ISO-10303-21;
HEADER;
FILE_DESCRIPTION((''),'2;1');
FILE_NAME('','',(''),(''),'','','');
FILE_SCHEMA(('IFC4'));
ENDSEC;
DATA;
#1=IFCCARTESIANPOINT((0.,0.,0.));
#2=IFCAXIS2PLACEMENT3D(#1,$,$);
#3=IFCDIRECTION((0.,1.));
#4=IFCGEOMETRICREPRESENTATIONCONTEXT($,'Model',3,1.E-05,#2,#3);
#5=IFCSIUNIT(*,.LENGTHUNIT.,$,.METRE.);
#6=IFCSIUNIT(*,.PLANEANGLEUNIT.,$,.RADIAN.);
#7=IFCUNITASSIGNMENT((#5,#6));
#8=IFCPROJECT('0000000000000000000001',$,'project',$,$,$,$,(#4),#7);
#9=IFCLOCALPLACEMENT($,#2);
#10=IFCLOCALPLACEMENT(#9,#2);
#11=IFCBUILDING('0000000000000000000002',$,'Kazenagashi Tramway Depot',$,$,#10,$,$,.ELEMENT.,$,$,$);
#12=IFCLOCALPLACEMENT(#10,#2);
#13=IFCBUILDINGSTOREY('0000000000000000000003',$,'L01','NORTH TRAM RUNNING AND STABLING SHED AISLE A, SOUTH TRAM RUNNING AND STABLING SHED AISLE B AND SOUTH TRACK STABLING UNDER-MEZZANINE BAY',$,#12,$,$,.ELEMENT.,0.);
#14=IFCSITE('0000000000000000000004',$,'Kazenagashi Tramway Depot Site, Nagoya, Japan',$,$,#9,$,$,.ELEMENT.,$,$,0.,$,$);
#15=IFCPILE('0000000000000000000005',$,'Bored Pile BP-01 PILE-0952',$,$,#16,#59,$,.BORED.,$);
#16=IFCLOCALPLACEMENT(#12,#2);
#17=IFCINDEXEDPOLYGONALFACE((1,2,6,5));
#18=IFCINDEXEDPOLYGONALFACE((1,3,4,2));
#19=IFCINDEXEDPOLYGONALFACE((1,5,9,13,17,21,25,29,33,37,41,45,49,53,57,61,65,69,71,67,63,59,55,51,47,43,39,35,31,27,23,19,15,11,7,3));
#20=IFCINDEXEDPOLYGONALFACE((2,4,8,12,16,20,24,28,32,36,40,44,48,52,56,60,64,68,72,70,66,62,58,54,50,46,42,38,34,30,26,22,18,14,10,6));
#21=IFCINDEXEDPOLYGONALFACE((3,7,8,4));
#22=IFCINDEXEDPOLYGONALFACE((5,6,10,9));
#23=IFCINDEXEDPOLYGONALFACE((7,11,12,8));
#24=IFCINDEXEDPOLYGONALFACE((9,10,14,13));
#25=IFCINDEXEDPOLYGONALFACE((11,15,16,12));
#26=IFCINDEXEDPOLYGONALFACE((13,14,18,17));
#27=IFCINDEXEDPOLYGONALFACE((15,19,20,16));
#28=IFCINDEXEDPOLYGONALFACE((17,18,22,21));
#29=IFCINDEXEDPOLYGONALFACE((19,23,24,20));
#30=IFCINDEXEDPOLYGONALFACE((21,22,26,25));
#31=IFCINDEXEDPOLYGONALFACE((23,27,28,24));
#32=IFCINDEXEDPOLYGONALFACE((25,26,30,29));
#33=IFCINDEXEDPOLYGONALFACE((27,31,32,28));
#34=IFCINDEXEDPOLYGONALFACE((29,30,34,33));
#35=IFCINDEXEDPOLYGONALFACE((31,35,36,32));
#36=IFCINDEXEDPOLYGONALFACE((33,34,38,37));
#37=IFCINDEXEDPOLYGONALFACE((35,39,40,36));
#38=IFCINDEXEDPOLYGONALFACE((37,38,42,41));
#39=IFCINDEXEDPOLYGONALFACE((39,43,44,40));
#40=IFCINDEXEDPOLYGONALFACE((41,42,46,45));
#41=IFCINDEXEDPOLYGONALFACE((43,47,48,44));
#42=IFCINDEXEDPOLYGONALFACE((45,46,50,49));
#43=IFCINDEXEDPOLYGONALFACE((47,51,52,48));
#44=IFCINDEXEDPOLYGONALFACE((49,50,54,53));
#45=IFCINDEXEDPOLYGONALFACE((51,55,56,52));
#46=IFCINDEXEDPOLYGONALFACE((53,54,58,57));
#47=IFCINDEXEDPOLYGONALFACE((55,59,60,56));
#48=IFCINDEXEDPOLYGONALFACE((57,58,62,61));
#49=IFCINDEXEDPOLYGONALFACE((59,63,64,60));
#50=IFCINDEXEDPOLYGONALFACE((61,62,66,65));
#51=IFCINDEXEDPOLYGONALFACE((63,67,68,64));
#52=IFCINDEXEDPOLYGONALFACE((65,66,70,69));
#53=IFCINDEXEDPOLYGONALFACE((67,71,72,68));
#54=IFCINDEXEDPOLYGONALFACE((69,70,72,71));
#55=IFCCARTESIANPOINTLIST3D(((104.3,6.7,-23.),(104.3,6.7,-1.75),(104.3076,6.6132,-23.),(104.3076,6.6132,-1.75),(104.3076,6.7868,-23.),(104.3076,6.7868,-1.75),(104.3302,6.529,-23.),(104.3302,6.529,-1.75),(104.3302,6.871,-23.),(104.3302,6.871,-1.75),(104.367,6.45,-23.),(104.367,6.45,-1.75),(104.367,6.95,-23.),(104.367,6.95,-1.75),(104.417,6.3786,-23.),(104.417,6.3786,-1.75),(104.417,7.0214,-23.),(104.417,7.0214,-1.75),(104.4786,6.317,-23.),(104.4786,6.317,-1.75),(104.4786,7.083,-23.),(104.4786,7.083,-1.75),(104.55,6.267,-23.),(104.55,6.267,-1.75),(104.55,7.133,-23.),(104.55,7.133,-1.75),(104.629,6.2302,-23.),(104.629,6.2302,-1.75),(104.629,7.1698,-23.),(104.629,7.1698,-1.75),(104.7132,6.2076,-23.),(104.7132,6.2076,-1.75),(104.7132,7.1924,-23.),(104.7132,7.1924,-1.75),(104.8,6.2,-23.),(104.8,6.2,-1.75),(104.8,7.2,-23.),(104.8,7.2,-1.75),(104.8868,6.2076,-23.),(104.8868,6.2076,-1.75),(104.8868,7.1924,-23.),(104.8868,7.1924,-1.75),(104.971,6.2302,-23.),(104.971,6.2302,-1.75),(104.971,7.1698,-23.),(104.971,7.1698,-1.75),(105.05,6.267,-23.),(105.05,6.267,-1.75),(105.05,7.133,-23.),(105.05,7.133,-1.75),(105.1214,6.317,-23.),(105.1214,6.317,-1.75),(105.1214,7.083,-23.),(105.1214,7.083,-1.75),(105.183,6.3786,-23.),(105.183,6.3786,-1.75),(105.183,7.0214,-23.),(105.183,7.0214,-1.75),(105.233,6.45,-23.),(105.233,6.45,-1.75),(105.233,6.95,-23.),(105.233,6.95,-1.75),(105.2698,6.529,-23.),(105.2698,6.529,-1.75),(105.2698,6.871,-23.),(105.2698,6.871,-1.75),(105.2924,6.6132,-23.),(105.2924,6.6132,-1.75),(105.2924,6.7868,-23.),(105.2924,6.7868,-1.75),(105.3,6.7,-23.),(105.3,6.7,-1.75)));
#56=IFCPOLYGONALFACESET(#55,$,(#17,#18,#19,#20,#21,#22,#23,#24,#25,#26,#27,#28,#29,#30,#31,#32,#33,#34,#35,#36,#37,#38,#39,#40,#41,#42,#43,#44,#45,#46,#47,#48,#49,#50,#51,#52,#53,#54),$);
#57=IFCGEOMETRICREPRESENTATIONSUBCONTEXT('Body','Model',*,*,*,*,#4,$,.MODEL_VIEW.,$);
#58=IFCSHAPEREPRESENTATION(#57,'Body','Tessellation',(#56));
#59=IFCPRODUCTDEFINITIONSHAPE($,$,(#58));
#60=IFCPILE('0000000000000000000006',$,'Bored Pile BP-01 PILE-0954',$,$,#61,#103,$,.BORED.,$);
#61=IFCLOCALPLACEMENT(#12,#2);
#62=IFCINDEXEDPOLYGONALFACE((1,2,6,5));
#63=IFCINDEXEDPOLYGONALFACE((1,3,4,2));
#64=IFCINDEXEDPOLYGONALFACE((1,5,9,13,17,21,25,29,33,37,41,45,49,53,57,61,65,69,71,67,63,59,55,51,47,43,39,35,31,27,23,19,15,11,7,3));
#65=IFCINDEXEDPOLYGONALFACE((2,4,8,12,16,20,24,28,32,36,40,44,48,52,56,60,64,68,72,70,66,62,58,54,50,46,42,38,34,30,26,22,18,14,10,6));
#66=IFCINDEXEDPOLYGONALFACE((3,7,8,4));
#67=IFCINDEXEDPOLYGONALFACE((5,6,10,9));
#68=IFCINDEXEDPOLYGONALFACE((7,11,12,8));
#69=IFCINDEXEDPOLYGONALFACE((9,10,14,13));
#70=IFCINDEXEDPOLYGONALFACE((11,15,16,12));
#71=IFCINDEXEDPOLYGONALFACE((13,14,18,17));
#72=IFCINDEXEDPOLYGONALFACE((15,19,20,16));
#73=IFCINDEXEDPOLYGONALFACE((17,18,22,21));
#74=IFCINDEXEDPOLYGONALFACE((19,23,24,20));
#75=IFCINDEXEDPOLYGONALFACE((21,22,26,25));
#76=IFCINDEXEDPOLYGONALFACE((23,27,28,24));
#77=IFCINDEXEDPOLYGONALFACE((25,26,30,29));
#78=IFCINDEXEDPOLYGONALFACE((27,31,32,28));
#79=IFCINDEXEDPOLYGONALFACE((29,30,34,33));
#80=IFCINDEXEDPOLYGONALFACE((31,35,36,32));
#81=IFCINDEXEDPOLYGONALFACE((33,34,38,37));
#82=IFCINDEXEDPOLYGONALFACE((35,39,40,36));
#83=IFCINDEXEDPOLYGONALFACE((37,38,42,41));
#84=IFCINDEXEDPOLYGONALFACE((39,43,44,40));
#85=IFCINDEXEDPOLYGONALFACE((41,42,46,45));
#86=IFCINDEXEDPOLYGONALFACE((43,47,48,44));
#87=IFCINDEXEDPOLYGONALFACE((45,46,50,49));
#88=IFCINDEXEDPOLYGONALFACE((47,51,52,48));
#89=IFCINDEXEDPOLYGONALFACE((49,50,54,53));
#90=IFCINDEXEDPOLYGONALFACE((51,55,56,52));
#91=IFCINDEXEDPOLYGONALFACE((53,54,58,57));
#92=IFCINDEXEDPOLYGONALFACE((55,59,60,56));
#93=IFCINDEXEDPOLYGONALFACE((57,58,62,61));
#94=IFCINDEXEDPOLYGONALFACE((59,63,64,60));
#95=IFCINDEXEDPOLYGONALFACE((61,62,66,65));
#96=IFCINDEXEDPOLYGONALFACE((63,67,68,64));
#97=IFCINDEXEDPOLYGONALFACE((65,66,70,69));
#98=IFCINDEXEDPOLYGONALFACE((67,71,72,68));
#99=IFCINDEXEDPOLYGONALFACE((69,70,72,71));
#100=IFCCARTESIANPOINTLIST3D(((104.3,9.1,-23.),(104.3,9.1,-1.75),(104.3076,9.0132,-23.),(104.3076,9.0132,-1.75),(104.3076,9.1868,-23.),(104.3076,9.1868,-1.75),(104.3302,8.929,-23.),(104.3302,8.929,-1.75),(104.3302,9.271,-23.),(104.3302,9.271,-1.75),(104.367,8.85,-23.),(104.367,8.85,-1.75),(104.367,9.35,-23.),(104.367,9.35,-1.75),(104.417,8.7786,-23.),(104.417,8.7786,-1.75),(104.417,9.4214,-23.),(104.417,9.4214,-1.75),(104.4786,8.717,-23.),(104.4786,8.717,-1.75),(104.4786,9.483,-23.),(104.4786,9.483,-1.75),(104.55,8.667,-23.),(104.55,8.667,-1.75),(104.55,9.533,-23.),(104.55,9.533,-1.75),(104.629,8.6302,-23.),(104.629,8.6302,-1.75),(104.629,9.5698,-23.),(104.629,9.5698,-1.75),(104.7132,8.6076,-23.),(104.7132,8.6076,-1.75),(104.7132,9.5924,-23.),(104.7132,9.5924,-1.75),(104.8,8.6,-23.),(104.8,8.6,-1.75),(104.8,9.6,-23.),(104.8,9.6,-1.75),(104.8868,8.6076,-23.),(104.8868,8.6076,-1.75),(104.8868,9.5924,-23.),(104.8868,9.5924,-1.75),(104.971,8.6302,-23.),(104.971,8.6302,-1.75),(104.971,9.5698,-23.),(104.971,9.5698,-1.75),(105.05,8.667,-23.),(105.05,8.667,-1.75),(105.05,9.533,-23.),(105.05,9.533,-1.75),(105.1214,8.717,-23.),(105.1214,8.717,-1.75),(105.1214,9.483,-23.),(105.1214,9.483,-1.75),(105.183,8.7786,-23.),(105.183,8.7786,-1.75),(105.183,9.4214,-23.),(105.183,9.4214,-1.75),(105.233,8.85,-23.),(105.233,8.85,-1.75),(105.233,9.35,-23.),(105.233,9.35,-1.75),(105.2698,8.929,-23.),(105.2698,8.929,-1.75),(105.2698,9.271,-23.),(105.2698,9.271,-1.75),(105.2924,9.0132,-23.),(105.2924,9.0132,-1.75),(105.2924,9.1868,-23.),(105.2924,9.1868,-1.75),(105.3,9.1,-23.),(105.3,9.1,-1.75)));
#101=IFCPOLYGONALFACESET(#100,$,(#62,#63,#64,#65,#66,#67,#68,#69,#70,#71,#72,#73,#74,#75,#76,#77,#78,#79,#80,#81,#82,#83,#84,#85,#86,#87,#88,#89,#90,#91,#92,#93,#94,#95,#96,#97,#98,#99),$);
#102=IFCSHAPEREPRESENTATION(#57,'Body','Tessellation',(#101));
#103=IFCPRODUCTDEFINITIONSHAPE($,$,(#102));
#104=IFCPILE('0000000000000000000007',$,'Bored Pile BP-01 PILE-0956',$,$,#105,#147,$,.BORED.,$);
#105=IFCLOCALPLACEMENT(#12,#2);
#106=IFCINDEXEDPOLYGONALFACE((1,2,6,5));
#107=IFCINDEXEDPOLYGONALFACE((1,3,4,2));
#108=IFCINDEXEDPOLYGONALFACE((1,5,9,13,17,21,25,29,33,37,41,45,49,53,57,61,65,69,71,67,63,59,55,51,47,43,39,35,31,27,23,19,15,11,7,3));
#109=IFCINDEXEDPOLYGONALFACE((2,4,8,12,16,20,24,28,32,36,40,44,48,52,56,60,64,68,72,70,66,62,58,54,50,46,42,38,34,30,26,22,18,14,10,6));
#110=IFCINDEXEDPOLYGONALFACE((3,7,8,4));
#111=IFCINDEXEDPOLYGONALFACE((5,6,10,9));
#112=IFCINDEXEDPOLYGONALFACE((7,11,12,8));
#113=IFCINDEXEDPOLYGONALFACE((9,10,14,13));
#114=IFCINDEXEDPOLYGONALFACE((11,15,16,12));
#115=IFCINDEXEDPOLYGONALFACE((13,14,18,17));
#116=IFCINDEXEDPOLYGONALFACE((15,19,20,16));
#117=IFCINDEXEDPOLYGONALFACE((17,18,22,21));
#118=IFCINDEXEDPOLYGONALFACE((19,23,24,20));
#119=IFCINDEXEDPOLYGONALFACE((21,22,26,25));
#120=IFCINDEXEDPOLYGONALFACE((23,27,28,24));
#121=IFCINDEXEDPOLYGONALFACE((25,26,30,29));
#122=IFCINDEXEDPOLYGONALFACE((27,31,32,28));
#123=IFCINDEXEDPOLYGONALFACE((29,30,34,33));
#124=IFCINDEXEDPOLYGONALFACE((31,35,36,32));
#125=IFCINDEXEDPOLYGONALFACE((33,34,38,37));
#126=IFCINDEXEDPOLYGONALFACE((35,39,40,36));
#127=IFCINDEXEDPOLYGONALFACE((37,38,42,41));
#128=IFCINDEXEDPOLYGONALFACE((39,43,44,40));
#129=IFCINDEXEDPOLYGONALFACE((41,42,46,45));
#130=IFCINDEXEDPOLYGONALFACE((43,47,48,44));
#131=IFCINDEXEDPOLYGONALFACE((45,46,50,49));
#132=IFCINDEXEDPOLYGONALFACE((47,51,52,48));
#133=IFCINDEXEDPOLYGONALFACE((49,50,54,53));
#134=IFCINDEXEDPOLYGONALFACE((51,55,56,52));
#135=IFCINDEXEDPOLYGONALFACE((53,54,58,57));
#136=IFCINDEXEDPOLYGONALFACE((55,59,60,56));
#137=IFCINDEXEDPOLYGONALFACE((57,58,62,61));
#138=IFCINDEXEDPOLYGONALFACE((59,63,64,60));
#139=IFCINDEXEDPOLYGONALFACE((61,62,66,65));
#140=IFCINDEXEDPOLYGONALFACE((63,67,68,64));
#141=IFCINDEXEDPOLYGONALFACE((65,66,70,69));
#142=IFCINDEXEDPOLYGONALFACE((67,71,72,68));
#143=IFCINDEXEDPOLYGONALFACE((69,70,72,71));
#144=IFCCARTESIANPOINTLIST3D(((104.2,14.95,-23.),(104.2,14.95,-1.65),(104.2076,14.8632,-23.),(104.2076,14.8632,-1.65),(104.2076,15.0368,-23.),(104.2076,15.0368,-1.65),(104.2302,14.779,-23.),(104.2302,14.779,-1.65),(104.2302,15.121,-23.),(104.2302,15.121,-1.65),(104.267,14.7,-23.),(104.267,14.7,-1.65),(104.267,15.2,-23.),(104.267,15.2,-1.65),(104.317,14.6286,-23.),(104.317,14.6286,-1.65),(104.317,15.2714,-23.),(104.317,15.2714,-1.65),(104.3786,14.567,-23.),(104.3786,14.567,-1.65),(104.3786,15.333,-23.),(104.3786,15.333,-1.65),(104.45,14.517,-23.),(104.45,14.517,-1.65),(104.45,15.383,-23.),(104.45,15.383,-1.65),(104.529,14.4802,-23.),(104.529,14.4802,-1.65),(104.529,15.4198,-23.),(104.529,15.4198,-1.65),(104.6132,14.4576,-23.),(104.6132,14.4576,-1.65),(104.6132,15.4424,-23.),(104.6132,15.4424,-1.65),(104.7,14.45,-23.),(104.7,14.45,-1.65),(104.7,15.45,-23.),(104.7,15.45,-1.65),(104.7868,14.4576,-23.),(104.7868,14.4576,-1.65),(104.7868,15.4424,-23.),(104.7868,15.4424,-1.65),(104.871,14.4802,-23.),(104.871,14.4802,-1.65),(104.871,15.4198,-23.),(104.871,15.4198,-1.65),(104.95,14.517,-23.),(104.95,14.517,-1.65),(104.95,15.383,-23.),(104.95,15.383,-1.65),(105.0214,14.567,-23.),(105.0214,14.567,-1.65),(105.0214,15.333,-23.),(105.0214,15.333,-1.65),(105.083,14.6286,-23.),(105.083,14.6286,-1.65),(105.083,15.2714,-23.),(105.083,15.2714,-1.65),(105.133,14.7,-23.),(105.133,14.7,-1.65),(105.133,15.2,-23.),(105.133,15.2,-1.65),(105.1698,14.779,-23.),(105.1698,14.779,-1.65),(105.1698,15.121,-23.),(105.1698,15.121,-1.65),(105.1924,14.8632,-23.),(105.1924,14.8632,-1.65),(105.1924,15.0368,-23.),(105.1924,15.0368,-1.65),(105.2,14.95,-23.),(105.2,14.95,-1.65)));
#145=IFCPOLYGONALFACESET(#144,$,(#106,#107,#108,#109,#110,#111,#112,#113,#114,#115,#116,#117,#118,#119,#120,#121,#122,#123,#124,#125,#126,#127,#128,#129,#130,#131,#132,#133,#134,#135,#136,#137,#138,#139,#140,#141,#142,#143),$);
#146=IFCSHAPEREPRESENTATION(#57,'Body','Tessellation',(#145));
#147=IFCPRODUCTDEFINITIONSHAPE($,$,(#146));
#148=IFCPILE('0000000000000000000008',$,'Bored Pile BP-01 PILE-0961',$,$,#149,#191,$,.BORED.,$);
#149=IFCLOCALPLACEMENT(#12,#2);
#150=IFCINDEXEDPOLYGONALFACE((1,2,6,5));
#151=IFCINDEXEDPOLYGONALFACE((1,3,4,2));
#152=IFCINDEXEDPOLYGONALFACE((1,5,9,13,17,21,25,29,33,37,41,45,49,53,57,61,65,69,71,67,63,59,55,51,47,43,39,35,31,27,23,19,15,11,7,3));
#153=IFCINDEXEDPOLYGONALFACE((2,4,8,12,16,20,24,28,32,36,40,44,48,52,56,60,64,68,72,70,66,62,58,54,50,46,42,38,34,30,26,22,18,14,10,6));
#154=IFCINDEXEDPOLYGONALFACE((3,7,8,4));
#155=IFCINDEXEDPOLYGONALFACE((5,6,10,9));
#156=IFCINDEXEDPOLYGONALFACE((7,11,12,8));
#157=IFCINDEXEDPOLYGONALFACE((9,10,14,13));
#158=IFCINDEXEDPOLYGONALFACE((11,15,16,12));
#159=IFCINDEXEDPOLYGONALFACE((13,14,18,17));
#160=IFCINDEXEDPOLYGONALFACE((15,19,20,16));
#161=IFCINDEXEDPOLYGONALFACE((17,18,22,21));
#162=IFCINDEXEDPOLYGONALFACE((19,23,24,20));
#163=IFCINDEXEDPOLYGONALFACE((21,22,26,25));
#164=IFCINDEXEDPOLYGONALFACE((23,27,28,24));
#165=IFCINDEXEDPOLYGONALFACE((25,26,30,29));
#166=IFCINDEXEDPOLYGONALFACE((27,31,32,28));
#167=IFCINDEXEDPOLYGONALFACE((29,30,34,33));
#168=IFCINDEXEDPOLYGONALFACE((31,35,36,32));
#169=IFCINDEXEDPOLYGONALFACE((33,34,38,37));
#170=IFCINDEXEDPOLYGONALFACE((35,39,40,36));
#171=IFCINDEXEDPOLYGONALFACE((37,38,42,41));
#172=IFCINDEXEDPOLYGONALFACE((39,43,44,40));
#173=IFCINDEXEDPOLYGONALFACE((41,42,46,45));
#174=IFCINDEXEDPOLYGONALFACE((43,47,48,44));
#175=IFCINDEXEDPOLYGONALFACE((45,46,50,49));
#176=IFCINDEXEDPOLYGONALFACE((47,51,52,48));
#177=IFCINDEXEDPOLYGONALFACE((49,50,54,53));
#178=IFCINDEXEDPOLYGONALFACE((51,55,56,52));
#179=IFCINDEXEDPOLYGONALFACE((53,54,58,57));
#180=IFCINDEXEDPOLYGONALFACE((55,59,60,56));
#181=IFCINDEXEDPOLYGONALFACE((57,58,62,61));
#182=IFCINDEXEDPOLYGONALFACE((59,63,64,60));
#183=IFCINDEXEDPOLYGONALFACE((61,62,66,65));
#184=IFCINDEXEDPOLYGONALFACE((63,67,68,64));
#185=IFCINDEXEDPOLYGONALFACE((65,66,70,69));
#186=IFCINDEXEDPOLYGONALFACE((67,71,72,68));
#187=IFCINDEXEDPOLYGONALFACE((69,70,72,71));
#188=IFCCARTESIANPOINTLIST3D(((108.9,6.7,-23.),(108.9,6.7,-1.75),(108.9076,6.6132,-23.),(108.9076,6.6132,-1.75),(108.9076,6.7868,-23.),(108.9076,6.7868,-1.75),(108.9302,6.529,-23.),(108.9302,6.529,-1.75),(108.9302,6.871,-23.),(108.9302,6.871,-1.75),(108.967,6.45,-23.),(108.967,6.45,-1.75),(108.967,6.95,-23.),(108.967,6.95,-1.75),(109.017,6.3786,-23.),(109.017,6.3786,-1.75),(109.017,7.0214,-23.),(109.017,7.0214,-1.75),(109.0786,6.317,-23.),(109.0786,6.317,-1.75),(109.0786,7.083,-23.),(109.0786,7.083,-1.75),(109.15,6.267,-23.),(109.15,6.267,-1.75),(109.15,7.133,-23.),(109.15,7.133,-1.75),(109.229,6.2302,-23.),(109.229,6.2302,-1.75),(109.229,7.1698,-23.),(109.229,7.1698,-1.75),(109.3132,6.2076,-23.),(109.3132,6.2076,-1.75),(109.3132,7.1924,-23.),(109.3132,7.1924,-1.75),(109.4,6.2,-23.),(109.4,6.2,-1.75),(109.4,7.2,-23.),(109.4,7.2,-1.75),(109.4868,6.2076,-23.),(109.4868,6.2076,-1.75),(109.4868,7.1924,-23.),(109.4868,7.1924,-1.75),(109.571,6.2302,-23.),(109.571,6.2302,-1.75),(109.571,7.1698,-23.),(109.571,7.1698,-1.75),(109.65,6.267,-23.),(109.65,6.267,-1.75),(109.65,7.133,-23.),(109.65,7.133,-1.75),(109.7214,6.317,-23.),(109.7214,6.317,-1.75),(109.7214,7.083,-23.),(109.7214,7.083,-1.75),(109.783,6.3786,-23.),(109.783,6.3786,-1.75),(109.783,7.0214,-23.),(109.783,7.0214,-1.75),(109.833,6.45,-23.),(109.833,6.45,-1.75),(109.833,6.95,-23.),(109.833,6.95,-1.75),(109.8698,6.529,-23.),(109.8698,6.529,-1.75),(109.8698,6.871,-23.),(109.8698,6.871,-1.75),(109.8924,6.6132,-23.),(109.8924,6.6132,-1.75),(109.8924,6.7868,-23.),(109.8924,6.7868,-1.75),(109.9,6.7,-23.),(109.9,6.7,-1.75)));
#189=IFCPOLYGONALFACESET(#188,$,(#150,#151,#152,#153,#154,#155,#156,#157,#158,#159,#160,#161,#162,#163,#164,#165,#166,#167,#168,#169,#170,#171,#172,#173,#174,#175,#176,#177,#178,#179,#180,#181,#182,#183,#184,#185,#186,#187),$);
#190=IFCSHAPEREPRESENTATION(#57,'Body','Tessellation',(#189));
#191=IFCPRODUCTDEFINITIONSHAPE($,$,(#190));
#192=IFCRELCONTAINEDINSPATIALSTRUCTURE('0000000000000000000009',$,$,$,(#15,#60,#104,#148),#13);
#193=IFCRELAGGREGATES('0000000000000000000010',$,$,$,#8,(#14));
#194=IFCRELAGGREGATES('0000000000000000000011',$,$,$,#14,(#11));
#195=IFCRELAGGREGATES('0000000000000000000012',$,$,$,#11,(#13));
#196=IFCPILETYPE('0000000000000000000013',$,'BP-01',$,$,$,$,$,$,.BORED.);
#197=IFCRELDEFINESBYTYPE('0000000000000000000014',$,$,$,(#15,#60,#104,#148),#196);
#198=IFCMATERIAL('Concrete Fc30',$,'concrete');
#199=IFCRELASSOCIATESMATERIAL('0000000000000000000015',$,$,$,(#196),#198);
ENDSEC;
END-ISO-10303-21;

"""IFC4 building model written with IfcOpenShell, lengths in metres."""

from ifc_helpers import new_model, si_unit, direction, frame, origin, origin_2d, place, context, subcontext, project, spatial, circle, extrude, material, material_profile, profile_set, type_object, element, save


model = new_model("IFC4")

# Units and contexts
model_context = context("Model", 3, precision=1e-05, world=origin(), true_north=direction((0.0, 1.0)))
body_context = subcontext(model_context, "Body", "Model", "MODEL_VIEW")
ifc_project = project(units=[si_unit("LENGTHUNIT", "METRE"), si_unit("PLANEANGLEUNIT", "RADIAN")], contexts=[model_context])

# Site, building, storey
site_placement = place(None, origin())
site = spatial("IfcSite", under=ifc_project, at=site_placement, Name="Kazenagashi Tramway Depot Site, Nagoya, Japan", CompositionType="ELEMENT", RefElevation=0.0)
building_placement = place(site_placement, origin())
building = spatial("IfcBuilding", under=site, at=building_placement, Name="Kazenagashi Tramway Depot", CompositionType="ELEMENT")
storey_placement = place(building_placement, origin())
storey = spatial("IfcBuildingStorey", under=building, at=storey_placement, Name="L01", Description="NORTH TRAM RUNNING AND STABLING SHED AISLE A, SOUTH TRAM RUNNING AND STABLING SHED AISLE B AND SOUTH TRACK STABLING UNDER-MEZZANINE BAY", CompositionType="ELEMENT", Elevation=0.0)

# Piles
ifc_material_1 = material(Name="Concrete Fc30", Category="concrete")
ifc_material_profile_1 = material_profile(ifc_material_1, circle(Radius=0.5, at=origin_2d()), Name="PILE-1000")
ifc_profile_set_1 = profile_set([ifc_material_profile_1], Name="Concrete Fc30")
pile_type = type_object("IfcPileType", Name="BP-01", PredefinedType="BORED", material=ifc_profile_set_1)
for number, where, z_axis, x_axis, name in (
    (1, (104.8, 6.7, -1.75), (0.0, 0.0, -1.0), (1.0, 0.0, 0.0), "Bored Pile BP-01 PILE-0952"),
    (2, (104.8, 9.1, -1.75), (0.0, 0.0, -1.0), (1.0, 0.0, 0.0), "Bored Pile BP-01 PILE-0954"),
):
    element("IfcPile", number, at=place(storey_placement, frame(where, z_axis=z_axis, x_axis=x_axis)), inside=storey, type_object=pile_type, Name=name, PredefinedType="BORED", context=body_context, shape_type="SweptSolid", body=[
        extrude(circle(Radius=0.5, at=origin_2d()), origin(), (0.0, 0.0, 1.0), 21.25),
    ])
pile_1_placement = place(storey_placement, frame((104.7, 14.95, -1.65), z_axis=(0.0, 0.0, -1.0), x_axis=(1.0, 0.0, 0.0)))
element("IfcPile", 3, at=pile_1_placement, inside=storey, type_object=pile_type, Name="Bored Pile BP-01 PILE-0956", PredefinedType="BORED", context=body_context, shape_type="SweptSolid", body=[
    extrude(circle(Radius=0.5, at=origin_2d()), origin(), (0.0, 0.0, 1.0), 21.35),
])
for number, where, z_axis, x_axis, name in (
    (4, (109.4, 6.7, -1.75), (0.0, 0.0, -1.0), (1.0, 0.0, 0.0), "Bored Pile BP-01 PILE-0961"),
):
    element("IfcPile", number, at=place(storey_placement, frame(where, z_axis=z_axis, x_axis=x_axis)), inside=storey, type_object=pile_type, Name=name, PredefinedType="BORED", context=body_context, shape_type="SweptSolid", body=[
        extrude(circle(Radius=0.5, at=origin_2d()), origin(), (0.0, 0.0, 1.0), 21.25),
    ])

save(model, "model.ifc")
